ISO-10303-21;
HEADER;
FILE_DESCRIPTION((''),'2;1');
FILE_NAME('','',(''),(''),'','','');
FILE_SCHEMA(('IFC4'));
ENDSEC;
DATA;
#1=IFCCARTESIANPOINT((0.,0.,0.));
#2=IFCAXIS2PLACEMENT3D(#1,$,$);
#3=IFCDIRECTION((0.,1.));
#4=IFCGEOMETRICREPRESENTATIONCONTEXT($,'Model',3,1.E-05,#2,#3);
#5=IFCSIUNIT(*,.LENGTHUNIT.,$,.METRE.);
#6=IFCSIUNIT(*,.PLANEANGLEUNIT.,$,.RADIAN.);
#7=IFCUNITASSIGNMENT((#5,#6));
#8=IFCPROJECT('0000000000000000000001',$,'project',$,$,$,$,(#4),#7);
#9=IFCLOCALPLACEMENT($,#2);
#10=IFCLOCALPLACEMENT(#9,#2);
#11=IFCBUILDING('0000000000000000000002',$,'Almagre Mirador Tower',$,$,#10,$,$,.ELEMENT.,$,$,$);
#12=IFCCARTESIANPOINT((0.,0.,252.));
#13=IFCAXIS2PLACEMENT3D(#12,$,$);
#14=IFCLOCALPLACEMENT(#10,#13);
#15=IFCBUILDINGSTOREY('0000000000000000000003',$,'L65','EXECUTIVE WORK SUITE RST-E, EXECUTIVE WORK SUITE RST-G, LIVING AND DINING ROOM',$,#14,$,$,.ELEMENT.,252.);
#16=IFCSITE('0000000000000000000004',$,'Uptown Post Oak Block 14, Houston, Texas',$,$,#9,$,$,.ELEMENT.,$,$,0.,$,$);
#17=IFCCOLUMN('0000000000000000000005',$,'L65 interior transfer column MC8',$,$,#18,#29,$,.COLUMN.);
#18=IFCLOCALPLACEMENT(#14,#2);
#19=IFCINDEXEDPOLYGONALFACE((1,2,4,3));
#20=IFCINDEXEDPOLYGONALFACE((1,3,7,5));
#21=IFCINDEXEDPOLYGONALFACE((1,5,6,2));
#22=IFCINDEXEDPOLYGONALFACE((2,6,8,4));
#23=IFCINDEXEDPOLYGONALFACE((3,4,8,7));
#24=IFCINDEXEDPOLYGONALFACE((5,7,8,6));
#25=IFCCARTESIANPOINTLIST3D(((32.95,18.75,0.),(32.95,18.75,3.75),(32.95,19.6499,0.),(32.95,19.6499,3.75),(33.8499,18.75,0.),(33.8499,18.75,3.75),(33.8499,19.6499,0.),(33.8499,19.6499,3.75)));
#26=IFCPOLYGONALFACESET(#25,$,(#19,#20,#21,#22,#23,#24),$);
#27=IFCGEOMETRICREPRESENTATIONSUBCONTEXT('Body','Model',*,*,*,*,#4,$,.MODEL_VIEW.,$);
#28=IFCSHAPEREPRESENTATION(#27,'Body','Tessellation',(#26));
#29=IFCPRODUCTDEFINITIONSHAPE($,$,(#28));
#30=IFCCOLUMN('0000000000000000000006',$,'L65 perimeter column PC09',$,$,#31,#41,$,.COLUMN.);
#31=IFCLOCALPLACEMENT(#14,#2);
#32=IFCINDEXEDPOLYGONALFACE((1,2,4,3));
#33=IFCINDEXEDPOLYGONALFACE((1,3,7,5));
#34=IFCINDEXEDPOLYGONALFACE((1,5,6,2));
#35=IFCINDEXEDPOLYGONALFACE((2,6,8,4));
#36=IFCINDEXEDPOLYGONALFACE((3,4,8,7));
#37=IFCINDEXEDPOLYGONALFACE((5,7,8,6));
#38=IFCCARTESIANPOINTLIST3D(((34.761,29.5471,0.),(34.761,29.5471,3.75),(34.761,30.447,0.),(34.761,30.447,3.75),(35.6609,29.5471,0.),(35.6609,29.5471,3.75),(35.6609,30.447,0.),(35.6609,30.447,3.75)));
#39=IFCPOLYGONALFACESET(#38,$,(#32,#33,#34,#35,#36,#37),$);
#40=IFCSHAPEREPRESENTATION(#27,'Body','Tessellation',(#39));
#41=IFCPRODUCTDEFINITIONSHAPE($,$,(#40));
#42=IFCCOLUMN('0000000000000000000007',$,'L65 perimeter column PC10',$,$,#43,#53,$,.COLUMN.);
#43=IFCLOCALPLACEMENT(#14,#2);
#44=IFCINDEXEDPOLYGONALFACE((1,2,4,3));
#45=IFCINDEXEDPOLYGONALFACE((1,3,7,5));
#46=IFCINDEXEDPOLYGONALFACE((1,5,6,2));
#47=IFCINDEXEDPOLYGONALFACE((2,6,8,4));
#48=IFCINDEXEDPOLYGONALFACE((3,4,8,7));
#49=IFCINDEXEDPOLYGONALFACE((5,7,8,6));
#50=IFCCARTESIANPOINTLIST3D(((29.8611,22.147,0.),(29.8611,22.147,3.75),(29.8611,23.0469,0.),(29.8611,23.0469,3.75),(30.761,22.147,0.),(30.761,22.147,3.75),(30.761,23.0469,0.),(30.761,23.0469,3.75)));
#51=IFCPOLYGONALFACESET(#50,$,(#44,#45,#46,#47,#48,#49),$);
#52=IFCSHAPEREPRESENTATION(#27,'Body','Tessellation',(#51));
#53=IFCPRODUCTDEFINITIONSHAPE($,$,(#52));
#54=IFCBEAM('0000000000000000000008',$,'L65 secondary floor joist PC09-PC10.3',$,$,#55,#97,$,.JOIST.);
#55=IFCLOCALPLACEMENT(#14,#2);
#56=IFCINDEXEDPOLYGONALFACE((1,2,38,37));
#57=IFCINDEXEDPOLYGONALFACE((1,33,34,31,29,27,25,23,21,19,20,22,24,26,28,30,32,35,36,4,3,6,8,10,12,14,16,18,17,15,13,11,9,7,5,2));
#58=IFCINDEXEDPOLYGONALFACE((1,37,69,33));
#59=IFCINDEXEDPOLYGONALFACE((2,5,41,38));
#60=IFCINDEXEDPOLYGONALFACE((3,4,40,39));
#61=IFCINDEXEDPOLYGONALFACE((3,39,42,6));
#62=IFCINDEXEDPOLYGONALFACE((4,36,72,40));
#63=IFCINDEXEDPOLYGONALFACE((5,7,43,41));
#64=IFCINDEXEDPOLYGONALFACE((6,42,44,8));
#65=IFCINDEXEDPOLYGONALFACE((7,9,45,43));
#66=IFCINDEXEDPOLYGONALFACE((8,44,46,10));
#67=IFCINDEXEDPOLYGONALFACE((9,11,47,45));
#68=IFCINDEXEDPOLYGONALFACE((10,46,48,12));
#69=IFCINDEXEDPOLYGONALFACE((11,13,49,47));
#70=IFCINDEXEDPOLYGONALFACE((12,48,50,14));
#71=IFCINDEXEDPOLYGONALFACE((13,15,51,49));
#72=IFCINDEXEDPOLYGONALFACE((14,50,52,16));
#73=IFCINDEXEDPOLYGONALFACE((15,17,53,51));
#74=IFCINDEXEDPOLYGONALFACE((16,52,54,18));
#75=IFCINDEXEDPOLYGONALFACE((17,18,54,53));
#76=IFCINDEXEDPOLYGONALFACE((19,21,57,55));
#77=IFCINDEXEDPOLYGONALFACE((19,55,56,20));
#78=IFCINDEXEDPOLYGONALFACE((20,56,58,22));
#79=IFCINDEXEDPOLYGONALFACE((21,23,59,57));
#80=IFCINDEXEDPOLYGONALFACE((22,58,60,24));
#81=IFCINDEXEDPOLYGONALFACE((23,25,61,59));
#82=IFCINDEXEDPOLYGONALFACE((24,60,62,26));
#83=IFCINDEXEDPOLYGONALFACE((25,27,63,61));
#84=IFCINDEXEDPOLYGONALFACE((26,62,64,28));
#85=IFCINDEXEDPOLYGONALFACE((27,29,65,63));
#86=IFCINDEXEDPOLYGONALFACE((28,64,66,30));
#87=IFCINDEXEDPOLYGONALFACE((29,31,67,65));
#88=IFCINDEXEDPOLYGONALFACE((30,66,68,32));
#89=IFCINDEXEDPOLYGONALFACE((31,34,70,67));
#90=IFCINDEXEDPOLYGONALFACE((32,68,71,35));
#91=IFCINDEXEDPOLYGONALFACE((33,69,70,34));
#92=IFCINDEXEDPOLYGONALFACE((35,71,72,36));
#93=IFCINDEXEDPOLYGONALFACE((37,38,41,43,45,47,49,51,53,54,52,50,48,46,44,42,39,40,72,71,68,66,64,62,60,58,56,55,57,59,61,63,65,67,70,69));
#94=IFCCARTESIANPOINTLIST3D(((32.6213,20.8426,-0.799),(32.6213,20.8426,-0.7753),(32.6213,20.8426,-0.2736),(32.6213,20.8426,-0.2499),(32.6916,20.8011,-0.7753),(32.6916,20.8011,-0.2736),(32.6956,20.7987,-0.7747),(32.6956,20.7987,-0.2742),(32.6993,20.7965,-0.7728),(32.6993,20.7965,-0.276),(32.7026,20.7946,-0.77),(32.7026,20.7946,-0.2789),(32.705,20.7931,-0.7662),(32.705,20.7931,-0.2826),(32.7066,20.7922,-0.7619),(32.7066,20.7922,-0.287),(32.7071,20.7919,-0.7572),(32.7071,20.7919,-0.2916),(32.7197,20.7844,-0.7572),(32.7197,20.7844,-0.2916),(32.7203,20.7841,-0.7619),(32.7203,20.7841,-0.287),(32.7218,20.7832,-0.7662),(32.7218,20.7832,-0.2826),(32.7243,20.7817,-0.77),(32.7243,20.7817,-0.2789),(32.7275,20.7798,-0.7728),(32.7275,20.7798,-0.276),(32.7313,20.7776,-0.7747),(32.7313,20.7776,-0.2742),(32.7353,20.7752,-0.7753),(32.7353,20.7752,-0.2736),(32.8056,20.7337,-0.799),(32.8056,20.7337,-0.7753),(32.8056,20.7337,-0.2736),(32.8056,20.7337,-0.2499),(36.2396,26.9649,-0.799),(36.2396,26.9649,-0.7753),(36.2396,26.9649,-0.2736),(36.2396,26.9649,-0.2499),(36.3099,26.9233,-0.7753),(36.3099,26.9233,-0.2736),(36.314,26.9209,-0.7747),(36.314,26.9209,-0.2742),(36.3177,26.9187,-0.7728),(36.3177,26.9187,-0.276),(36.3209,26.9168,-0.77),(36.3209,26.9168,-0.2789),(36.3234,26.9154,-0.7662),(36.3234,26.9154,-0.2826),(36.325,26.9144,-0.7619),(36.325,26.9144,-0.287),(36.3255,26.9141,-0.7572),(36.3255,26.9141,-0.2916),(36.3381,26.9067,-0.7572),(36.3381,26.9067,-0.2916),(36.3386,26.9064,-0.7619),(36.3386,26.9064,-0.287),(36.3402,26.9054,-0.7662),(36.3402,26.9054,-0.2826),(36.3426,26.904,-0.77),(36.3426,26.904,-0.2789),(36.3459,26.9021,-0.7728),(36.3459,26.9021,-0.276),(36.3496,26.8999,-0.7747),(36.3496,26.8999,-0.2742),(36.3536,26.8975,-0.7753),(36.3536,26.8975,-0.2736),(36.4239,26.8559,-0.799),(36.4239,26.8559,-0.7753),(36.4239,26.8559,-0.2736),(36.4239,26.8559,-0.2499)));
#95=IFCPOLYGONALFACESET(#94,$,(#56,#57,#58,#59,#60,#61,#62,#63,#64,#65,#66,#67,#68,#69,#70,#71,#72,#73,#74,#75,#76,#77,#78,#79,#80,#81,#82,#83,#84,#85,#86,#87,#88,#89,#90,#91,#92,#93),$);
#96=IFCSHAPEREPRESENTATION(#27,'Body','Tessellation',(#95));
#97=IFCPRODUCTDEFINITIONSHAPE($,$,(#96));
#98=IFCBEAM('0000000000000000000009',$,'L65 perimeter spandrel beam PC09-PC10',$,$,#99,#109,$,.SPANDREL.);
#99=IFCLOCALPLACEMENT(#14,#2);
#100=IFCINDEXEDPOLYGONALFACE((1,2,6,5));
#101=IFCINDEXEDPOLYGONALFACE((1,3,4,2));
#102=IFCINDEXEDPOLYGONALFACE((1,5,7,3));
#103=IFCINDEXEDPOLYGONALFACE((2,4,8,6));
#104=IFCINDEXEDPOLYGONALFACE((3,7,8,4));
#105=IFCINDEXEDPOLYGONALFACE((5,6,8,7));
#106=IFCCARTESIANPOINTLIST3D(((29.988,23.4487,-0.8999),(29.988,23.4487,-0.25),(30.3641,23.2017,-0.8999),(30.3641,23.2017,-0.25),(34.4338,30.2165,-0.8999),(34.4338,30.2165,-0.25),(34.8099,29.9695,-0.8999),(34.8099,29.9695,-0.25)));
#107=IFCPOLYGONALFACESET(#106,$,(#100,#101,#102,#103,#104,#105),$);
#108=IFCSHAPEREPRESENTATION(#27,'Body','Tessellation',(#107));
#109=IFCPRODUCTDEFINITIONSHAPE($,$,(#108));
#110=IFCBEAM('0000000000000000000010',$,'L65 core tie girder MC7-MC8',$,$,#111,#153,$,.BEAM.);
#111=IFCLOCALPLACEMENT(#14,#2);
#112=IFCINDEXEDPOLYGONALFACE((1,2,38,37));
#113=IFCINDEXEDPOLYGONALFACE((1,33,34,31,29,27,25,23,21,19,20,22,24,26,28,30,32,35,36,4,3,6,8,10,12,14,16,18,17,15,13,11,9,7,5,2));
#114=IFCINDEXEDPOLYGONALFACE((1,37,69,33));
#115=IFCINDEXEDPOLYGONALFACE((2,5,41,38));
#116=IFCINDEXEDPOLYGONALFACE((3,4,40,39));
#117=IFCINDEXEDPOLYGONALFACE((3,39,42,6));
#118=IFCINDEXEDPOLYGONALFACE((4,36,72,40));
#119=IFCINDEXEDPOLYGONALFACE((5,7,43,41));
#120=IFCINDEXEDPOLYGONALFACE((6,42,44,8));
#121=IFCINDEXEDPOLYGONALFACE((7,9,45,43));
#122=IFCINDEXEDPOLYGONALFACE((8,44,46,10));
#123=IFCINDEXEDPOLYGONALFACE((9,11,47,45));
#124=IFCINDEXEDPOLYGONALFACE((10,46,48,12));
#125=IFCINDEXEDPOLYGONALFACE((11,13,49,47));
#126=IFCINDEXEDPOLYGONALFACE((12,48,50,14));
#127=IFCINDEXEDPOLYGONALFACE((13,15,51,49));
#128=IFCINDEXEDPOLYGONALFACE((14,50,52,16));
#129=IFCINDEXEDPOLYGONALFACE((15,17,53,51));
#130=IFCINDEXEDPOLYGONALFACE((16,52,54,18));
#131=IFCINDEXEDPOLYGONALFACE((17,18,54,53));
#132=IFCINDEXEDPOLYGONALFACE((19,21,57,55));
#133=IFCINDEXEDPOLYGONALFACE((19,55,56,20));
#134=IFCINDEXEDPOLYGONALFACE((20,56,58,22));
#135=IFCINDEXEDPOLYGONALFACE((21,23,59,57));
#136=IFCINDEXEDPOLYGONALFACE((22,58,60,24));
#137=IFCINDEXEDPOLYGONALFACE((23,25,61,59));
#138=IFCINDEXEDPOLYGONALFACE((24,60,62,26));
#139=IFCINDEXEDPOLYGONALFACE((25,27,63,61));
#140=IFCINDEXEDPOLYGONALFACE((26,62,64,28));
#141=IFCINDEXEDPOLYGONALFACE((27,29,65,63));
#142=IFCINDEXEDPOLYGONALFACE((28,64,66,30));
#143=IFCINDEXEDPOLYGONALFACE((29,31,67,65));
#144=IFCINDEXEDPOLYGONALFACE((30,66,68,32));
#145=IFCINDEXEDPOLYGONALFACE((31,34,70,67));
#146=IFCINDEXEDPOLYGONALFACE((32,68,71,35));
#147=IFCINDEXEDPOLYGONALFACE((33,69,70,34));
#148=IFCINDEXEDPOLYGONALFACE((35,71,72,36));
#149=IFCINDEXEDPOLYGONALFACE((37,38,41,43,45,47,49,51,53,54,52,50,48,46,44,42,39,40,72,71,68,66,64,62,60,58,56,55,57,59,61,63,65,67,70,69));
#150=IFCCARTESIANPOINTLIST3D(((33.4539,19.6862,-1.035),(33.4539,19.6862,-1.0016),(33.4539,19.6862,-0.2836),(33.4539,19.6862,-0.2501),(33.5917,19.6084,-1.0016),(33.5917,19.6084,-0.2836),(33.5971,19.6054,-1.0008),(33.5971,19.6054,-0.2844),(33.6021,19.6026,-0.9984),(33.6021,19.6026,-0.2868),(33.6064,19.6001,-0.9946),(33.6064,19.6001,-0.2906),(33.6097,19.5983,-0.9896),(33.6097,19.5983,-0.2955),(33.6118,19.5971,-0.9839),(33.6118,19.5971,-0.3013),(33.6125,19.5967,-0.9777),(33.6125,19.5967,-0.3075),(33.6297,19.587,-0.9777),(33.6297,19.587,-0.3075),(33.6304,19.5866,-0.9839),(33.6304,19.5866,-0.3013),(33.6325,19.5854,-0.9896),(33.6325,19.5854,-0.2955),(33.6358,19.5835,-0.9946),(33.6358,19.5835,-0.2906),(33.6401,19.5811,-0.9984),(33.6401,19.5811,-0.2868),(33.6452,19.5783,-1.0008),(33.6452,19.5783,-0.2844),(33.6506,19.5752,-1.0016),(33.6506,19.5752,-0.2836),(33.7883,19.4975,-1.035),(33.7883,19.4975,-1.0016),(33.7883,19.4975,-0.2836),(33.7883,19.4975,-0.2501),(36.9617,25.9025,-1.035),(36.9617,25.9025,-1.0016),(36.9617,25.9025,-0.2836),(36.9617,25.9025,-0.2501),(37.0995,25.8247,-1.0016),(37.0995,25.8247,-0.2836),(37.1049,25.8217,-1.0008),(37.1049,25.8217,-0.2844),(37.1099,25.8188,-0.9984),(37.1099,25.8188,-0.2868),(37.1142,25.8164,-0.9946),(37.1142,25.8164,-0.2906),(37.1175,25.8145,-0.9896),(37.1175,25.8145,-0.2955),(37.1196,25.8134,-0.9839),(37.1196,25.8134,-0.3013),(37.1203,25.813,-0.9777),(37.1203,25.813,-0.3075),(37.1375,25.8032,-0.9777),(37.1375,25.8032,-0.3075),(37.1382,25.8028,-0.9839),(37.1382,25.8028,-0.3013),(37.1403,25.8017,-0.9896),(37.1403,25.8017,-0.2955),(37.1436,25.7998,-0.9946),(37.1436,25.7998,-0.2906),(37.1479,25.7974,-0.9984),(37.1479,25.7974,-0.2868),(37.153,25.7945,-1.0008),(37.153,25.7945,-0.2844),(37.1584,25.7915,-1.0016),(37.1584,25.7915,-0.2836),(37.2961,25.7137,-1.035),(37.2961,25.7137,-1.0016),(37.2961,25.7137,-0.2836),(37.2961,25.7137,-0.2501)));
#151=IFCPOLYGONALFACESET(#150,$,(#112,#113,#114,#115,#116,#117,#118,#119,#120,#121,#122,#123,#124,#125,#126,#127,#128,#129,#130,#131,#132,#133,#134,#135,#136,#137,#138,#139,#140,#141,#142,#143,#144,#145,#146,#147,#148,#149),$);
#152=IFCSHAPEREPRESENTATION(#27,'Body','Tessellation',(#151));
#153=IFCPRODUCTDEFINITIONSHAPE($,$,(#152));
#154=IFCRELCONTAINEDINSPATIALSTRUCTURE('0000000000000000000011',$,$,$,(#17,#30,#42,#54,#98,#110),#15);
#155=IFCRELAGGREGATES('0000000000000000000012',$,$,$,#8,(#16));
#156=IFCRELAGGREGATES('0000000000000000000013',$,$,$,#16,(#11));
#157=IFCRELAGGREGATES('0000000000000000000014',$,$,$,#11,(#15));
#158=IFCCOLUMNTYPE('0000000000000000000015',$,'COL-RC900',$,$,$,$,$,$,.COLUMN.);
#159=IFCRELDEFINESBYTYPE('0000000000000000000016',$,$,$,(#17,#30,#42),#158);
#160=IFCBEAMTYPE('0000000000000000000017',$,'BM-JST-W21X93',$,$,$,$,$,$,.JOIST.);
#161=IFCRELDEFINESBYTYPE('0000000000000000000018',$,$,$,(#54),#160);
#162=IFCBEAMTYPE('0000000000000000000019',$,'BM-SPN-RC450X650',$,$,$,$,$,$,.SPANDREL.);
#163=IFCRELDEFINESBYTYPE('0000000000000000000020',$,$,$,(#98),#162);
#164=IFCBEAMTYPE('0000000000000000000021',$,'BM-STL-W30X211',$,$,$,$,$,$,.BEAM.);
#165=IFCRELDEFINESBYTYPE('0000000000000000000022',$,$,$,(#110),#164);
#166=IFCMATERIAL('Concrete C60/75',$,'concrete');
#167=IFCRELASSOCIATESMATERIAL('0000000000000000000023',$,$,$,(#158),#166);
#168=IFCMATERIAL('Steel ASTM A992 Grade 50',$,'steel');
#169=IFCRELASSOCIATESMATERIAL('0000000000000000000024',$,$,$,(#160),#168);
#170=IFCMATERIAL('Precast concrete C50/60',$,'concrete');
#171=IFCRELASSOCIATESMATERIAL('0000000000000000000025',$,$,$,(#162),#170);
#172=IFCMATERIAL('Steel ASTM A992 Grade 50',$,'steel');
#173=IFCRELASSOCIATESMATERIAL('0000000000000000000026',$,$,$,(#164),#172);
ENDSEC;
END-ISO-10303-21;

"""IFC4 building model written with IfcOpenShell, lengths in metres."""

from ifc_helpers import new_model, si_unit, direction, frame, origin, origin_2d, place, context, subcontext, project, spatial, rectangle, i_section, extrude, material, material_profile, profile_set, type_object, element, save


model = new_model("IFC4")

# Units and contexts
model_context = context("Model", 3, precision=1e-05, world=origin(), true_north=direction((0.0, 1.0)))
body_context = subcontext(model_context, "Body", "Model", "MODEL_VIEW")
ifc_project = project(units=[si_unit("LENGTHUNIT", "METRE"), si_unit("PLANEANGLEUNIT", "RADIAN")], contexts=[model_context])

# Site, building, storey
site_placement = place(None, origin())
site = spatial("IfcSite", under=ifc_project, at=site_placement, Name="Uptown Post Oak Block 14, Houston, Texas", CompositionType="ELEMENT", RefElevation=0.0)
building_placement = place(site_placement, origin())
building = spatial("IfcBuilding", under=site, at=building_placement, Name="Almagre Mirador Tower", CompositionType="ELEMENT")
storey_placement = place(building_placement, frame((0.0, 0.0, 252.0)))
storey = spatial("IfcBuildingStorey", under=building, at=storey_placement, Name="L65", Description="EXECUTIVE WORK SUITE RST-E, EXECUTIVE WORK SUITE RST-G, LIVING AND DINING ROOM", CompositionType="ELEMENT", Elevation=252.0)

# Columns
ifc_material_1 = material(Name="Concrete C60/75", Category="concrete")
ifc_material_profile_1 = material_profile(ifc_material_1, rectangle(XDim=0.8999, YDim=0.8999, at=origin_2d()), Name="RC900X900")
ifc_profile_set_1 = profile_set([ifc_material_profile_1], Name="Concrete C60/75")
column_type = type_object("IfcColumnType", Name="COL-RC900", PredefinedType="COLUMN", material=ifc_profile_set_1)
for number, where, z_axis, x_axis, name in (
    (1, (33.3999, 19.2, 0.0), (0.0, 0.0, 1.0), (1.0, 0.0, 0.0), "L65 interior transfer column MC8"),
    (2, (35.2109, 29.9971, 0.0), (0.0, 0.0, 1.0), (1.0, 0.0, 0.0), "L65 perimeter column PC09"),
    (3, (30.311, 22.5969, 0.0), (0.0, 0.0, 1.0), (1.0, 0.0, 0.0), "L65 perimeter column PC10"),
):
    element("IfcColumn", number, at=place(storey_placement, frame(where, z_axis=z_axis, x_axis=x_axis)), inside=storey, type_object=column_type, Name=name, PredefinedType="COLUMN", context=body_context, shape_type="SweptSolid", body=[
        extrude(rectangle(XDim=0.8999, YDim=0.8999, at=origin_2d()), origin(), (0.0, 0.0, 1.0), 3.75),
    ])

# Beams
ifc_material_2 = material(Name="Steel ASTM A992 Grade 50", Category="steel")
ifc_material_profile_2 = material_profile(ifc_material_2, i_section(OverallWidth=0.2141, OverallDepth=0.5491, WebThickness=0.0146, FlangeThickness=0.0237, FilletRadius=0.0181, at=origin_2d()), Name="W21X93")
ifc_profile_set_2 = profile_set([ifc_material_profile_2], Name="Steel ASTM A992 Grade 50")
beam_type_1 = type_object("IfcBeamType", Name="BM-JST-W21X93", PredefinedType="JOIST", material=ifc_profile_set_2)
beam_1_placement = place(storey_placement, frame((36.3318, 26.9104, -0.5244), z_axis=(-0.5088, -0.860885, 0.0), x_axis=(0.860885, -0.5088, 0.0)))
element("IfcBeam", 4, at=beam_1_placement, inside=storey, type_object=beam_type_1, Name="L65 secondary floor joist PC09-PC10.3", PredefinedType="JOIST", context=body_context, shape_type="SweptSolid", body=[
    extrude(i_section(OverallWidth=0.2141, OverallDepth=0.5491, WebThickness=0.0146, FlangeThickness=0.0237, FilletRadius=0.0181, at=origin_2d()), origin(), (0.0, 0.0, 1.0), 7.1116),
])
ifc_material_3 = material(Name="Precast concrete C50/60", Category="concrete")
ifc_material_profile_3 = material_profile(ifc_material_3, rectangle(XDim=0.45, YDim=0.6499, at=origin_2d()), Name="RC450X650")
ifc_profile_set_3 = profile_set([ifc_material_profile_3], Name="Precast concrete C50/60")
beam_type_2 = type_object("IfcBeamType", Name="BM-SPN-RC450X650", PredefinedType="SPANDREL", material=ifc_profile_set_3)
beam_2_placement = place(storey_placement, frame((34.6218, 30.093, -0.575), z_axis=(-0.549038, -0.835798, 0.0), x_axis=(0.835798, -0.549038, 0.0)))
element("IfcBeam", 5, at=beam_2_placement, inside=storey, type_object=beam_type_2, Name="L65 perimeter spandrel beam PC09-PC10", PredefinedType="SPANDREL", context=body_context, shape_type="SweptSolid", body=[
    extrude(rectangle(XDim=0.45, YDim=0.6499, at=origin_2d()), origin(), (0.0, 0.0, 1.0), 8.0974),
])
ifc_material_4 = material(Name="Steel ASTM A992 Grade 50", Category="steel")
ifc_material_profile_4 = material_profile(ifc_material_4, i_section(OverallWidth=0.384, OverallDepth=0.7849, WebThickness=0.0198, FlangeThickness=0.0334, FilletRadius=0.0239, at=origin_2d()), Name="W30X211")
ifc_profile_set_4 = profile_set([ifc_material_profile_4], Name="Steel ASTM A992 Grade 50")
beam_type_3 = type_object("IfcBeamType", Name="BM-STL-W30X211", PredefinedType="BEAM", material=ifc_profile_set_4)
beam_3_placement = place(storey_placement, frame((37.1289, 25.8081, -0.6426), z_axis=(-0.491446, -0.870908, 0.0), x_axis=(0.870908, -0.491446, 0.0)))
element("IfcBeam", 6, at=beam_3_placement, inside=storey, type_object=beam_type_3, Name="L65 core tie girder MC7-MC8", PredefinedType="BEAM", context=body_context, shape_type="SweptSolid", body=[
    extrude(i_section(OverallWidth=0.384, OverallDepth=0.7849, WebThickness=0.0198, FlangeThickness=0.0334, FilletRadius=0.0239, at=origin_2d()), origin(), (0.0, 0.0, 1.0), 7.1377),
])

save(model, "model.ifc")
